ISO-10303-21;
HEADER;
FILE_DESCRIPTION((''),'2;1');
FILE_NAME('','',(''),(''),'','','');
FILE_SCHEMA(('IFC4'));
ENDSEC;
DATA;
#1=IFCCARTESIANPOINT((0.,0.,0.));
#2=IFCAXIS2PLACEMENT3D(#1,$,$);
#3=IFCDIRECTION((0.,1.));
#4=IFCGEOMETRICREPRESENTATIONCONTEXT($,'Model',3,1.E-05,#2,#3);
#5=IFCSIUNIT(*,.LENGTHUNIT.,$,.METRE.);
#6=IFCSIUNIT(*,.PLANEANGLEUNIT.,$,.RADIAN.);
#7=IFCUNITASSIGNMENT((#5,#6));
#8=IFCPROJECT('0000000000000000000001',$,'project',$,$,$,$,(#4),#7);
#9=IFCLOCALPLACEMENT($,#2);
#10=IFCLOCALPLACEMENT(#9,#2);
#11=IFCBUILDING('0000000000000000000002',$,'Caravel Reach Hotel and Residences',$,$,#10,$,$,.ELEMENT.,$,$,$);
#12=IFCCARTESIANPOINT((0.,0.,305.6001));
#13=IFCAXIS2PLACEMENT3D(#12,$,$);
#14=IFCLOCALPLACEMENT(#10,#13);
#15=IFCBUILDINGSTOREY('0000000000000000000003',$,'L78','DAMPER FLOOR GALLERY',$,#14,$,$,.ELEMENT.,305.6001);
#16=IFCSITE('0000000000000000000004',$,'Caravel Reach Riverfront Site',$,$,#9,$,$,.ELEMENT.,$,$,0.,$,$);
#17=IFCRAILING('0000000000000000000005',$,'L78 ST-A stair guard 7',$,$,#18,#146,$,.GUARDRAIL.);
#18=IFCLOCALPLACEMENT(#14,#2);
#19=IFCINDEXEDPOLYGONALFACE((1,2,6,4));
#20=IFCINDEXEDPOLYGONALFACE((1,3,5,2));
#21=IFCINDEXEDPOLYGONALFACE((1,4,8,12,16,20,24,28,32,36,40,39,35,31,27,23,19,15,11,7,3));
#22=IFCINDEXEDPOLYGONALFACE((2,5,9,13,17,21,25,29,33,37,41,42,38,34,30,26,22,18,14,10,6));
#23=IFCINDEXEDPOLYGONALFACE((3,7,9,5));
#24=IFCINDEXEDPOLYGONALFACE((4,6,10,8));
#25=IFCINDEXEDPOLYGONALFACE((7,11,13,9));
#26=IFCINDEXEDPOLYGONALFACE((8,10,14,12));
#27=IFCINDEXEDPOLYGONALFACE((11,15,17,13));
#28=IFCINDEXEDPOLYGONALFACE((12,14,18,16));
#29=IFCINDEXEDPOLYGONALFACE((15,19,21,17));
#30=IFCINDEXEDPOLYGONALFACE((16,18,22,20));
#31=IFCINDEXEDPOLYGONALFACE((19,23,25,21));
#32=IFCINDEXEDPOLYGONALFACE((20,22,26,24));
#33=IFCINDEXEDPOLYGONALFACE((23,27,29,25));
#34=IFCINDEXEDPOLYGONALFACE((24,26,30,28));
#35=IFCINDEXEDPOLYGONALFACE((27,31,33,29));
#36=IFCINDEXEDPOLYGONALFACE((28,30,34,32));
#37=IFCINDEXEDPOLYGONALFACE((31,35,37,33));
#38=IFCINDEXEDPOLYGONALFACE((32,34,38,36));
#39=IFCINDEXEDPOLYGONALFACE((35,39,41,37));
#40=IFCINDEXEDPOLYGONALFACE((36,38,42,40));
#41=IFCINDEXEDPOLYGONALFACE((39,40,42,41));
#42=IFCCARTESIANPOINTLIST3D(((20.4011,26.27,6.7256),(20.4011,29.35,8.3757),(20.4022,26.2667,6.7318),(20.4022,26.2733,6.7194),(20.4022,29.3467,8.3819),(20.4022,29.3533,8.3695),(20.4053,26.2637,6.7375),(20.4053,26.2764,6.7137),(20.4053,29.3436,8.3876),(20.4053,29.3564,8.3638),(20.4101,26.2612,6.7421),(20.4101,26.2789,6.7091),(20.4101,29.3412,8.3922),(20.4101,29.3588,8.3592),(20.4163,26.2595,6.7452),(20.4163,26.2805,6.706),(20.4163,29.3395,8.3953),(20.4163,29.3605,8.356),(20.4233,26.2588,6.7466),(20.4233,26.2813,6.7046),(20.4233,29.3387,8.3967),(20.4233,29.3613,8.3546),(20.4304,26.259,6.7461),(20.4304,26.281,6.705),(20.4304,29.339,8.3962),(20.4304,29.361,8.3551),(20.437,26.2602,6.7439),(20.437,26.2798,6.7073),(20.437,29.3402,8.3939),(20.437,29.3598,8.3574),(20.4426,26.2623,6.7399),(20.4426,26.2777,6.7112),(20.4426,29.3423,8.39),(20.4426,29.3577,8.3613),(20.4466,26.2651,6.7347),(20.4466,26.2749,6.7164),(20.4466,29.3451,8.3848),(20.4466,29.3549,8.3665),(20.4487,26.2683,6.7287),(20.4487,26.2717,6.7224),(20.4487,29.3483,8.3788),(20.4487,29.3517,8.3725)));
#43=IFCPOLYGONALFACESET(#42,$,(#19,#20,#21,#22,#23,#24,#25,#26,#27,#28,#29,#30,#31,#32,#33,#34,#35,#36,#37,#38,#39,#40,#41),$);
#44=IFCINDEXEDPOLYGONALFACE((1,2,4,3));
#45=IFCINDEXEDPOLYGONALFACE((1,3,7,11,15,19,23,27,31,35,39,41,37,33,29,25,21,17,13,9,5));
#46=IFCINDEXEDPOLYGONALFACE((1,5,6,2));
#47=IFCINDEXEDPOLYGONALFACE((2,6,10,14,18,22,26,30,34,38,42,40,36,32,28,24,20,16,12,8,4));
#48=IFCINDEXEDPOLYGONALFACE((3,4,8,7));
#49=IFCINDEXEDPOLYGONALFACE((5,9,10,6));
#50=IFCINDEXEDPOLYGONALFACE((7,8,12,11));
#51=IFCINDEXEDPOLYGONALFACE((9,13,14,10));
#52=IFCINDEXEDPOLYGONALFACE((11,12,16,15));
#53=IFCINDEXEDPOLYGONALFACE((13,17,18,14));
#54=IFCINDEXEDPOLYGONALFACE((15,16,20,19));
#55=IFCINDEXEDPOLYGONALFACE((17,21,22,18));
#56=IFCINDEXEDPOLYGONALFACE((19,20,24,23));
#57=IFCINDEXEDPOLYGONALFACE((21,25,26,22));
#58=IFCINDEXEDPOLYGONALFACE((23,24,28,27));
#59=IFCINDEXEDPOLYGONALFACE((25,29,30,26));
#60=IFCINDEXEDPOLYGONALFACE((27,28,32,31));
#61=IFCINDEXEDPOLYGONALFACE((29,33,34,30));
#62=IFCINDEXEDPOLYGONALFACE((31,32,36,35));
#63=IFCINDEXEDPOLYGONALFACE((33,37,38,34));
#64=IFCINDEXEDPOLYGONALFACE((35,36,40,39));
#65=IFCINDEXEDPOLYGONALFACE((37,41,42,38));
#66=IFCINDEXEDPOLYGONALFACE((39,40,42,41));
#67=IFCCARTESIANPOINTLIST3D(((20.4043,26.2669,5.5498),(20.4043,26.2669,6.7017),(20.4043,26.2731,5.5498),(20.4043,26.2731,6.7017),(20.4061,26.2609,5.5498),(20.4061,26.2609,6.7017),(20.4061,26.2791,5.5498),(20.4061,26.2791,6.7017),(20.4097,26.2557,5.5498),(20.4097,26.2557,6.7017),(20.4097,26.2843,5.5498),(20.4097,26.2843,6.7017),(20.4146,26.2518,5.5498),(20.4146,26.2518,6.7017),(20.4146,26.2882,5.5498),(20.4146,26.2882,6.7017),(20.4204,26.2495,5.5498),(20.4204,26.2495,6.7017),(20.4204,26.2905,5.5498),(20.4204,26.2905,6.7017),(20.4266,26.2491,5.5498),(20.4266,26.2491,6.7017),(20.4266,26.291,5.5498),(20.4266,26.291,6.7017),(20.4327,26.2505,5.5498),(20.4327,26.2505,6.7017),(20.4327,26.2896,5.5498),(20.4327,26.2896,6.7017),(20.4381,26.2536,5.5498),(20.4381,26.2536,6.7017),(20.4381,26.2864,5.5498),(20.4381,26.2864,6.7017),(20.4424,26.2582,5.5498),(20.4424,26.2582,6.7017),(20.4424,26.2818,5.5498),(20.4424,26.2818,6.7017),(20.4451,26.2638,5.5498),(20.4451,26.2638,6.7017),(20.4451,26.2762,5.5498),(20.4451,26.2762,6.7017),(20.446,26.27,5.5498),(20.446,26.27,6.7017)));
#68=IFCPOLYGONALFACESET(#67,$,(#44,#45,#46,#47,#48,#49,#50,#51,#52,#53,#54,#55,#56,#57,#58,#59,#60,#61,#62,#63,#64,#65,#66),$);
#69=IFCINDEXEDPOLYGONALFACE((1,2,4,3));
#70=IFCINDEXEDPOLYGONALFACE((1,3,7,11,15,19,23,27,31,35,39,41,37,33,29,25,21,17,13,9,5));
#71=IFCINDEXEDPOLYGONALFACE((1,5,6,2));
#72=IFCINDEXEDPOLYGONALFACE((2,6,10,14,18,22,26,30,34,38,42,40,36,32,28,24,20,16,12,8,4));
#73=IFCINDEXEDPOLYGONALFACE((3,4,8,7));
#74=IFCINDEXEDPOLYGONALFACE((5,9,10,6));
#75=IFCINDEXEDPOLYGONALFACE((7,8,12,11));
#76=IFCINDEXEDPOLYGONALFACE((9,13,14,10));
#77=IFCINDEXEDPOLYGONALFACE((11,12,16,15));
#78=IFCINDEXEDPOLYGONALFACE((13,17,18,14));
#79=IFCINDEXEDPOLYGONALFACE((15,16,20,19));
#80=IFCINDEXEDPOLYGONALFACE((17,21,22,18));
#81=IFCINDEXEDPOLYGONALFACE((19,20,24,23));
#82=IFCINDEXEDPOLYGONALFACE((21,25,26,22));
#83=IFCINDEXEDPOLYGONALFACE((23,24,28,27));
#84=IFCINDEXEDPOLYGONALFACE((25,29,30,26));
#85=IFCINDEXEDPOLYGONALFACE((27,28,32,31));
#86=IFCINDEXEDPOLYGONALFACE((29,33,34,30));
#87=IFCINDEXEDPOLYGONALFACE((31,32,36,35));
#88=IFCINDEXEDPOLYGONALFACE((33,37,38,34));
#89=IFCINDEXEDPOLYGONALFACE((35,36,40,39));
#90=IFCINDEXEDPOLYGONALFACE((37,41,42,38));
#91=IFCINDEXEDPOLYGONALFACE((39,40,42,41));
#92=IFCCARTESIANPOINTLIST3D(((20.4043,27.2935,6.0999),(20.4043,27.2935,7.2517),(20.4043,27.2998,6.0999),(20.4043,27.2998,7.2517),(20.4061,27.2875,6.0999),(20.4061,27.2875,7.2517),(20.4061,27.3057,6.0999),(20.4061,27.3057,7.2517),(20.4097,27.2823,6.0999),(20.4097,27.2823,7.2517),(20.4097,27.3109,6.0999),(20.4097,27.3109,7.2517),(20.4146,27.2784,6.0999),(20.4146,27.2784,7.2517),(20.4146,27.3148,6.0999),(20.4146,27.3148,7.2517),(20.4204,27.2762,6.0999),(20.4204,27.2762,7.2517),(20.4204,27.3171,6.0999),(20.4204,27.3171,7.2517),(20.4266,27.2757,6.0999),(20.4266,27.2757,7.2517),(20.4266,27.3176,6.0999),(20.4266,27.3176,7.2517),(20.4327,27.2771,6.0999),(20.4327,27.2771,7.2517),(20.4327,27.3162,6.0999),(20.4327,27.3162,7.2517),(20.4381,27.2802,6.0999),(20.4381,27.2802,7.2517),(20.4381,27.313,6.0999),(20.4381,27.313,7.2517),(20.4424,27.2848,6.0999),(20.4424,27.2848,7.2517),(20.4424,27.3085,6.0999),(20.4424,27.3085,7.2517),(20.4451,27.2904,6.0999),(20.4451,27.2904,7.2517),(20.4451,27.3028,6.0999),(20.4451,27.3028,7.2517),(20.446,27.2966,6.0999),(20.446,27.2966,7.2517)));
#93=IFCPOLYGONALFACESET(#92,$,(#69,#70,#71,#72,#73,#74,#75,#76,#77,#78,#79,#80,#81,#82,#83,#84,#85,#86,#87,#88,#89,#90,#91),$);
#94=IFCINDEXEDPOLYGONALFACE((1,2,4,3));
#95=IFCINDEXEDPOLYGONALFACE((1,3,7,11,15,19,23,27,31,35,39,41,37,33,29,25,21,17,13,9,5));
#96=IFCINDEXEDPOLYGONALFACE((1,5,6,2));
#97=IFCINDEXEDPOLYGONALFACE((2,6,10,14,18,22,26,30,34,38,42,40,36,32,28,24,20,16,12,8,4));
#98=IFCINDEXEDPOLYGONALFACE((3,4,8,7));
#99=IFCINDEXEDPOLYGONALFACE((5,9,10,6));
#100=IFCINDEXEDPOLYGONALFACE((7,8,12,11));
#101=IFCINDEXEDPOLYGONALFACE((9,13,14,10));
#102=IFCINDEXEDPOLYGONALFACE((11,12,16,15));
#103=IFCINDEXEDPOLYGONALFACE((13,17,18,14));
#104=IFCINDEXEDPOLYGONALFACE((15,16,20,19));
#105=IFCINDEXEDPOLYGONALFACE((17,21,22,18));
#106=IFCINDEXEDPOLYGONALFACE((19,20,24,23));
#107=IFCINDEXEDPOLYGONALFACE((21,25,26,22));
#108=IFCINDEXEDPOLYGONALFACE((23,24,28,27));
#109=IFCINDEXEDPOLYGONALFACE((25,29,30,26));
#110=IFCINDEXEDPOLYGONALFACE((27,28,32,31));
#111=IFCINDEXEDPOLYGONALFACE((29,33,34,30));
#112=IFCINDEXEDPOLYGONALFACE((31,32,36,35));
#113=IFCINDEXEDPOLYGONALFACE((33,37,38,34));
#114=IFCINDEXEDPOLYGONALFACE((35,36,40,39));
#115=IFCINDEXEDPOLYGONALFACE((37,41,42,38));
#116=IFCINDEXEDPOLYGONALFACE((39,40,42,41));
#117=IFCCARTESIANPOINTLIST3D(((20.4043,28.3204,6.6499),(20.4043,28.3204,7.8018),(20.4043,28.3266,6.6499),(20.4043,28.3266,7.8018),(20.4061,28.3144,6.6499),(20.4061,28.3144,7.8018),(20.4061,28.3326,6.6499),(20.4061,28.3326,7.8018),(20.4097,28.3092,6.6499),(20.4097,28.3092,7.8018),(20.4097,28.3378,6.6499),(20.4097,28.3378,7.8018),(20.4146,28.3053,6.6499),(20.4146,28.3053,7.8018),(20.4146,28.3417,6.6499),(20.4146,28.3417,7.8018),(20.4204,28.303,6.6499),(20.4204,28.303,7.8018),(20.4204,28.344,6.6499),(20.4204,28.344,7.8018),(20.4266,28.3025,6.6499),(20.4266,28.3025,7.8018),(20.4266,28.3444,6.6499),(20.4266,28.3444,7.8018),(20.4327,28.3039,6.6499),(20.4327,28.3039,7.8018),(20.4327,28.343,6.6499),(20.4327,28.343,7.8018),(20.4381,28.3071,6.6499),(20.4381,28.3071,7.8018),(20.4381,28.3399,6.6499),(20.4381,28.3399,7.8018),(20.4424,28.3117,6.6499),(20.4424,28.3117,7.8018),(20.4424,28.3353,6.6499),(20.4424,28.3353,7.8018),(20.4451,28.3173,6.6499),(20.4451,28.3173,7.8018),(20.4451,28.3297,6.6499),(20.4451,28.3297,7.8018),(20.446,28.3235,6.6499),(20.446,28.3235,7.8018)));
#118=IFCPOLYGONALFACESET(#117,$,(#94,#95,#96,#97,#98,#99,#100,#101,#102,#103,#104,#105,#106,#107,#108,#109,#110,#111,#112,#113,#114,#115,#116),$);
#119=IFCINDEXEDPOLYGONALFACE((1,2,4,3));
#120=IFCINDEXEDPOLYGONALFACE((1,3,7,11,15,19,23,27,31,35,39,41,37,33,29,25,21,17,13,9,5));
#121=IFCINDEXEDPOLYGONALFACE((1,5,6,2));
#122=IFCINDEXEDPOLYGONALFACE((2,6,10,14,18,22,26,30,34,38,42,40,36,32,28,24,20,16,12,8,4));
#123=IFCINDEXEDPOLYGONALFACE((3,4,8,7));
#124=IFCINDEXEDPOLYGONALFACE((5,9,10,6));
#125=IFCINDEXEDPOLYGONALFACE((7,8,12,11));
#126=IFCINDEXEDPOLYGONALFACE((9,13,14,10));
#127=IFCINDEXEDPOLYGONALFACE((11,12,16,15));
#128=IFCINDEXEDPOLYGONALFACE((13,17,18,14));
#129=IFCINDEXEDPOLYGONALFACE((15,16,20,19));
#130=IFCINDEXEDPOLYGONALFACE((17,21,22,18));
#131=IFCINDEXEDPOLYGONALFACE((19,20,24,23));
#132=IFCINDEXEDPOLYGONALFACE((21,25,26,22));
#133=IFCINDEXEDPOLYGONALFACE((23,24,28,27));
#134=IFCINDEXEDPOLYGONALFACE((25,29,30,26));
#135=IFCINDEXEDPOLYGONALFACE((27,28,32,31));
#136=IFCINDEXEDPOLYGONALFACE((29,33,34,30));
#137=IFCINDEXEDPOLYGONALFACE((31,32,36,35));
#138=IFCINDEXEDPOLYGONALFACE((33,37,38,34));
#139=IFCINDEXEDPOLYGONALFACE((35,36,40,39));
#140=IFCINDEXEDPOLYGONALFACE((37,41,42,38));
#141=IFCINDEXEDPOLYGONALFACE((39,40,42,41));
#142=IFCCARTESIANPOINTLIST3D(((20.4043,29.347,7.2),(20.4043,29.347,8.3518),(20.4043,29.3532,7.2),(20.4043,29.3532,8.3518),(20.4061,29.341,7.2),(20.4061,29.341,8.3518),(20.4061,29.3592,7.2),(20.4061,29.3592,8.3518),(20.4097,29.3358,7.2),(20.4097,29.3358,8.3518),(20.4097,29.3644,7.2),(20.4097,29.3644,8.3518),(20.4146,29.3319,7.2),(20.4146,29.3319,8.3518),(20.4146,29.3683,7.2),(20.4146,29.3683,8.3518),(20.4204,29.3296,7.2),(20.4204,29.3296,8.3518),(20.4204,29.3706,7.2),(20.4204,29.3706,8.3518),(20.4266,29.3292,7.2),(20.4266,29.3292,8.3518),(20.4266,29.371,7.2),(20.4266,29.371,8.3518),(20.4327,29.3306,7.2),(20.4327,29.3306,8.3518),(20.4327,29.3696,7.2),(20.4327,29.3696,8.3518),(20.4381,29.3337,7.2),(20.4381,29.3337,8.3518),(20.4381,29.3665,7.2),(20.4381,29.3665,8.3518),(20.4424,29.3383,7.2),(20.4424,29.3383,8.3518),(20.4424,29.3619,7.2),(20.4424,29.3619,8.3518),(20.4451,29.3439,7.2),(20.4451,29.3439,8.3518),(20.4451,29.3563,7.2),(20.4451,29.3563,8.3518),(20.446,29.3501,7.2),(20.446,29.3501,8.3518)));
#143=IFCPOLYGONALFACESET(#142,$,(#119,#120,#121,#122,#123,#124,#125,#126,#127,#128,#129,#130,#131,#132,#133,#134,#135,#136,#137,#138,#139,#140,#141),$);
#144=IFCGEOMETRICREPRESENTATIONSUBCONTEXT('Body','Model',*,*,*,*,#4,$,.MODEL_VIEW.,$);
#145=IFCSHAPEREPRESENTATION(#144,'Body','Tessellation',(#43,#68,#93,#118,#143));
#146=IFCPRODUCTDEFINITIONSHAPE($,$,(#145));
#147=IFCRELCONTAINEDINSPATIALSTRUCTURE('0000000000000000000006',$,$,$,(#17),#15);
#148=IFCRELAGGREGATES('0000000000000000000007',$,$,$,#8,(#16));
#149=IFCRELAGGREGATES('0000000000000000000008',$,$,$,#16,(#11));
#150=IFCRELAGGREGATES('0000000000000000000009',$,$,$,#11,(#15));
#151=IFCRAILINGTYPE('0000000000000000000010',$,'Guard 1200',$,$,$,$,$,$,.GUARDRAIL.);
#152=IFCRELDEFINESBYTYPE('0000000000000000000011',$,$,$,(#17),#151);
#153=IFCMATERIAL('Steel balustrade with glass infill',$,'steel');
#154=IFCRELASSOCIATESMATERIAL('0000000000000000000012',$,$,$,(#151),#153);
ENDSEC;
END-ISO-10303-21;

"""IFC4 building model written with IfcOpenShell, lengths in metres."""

from ifc_helpers import new_model, si_unit, direction, frame, origin, origin_2d, place, context, subcontext, project, spatial, circle, extrude, material, type_object, element, save


model = new_model("IFC4")

# Units and contexts
model_context = context("Model", 3, precision=1e-05, world=origin(), true_north=direction((0.0, 1.0)))
body_context = subcontext(model_context, "Body", "Model", "MODEL_VIEW")
ifc_project = project(units=[si_unit("LENGTHUNIT", "METRE"), si_unit("PLANEANGLEUNIT", "RADIAN")], contexts=[model_context])

# Site, building, storey
site_placement = place(None, origin())
site = spatial("IfcSite", under=ifc_project, at=site_placement, Name="Caravel Reach Riverfront Site", CompositionType="ELEMENT", RefElevation=0.0)
building_placement = place(site_placement, origin())
building = spatial("IfcBuilding", under=site, at=building_placement, Name="Caravel Reach Hotel and Residences", CompositionType="ELEMENT")
storey_placement = place(building_placement, frame((0.0, 0.0, 305.6001)))
storey = spatial("IfcBuildingStorey", under=building, at=storey_placement, Name="L78", Description="DAMPER FLOOR GALLERY", CompositionType="ELEMENT", Elevation=305.6001)

# Railing
ifc_material_1 = material(Name="Steel balustrade with glass infill", Category="steel")
railing_type_1 = type_object("IfcRailingType", Name="Guard 1200", PredefinedType="GUARDRAIL", material=ifc_material_1)
railing_1_placement = place(storey_placement, frame((20.425, 26.27, 5.5498)))
element("IfcRailing", 1, at=railing_1_placement, inside=storey, type_object=railing_type_1, Name="L78 ST-A stair guard 7", PredefinedType="GUARDRAIL", context=body_context, shape_type="SweptSolid", body=[
    extrude(circle(Radius=0.0239, at=origin_2d()), frame((0.0, 0.0, 1.1758), z_axis=(0.0, 0.881468, 0.472245), x_axis=(-1.0, 0.0, 0.0)), (0.0, 0.0, 1.0), 3.4941),
    extrude(circle(Radius=0.021, at=origin_2d()), origin(), (0.0, 0.0, 1.0), 1.1519),
    extrude(circle(Radius=0.021, at=origin_2d()), frame((0.0, 1.0266, 0.55)), (0.0, 0.0, 1.0), 1.1519),
    extrude(circle(Radius=0.021, at=origin_2d()), frame((0.0, 2.0535, 1.1001)), (0.0, 0.0, 1.0), 1.1519),
    extrude(circle(Radius=0.021, at=origin_2d()), frame((0.0, 3.0801, 1.6501)), (0.0, 0.0, 1.0), 1.1519),
])

save(model, "model.ifc")
